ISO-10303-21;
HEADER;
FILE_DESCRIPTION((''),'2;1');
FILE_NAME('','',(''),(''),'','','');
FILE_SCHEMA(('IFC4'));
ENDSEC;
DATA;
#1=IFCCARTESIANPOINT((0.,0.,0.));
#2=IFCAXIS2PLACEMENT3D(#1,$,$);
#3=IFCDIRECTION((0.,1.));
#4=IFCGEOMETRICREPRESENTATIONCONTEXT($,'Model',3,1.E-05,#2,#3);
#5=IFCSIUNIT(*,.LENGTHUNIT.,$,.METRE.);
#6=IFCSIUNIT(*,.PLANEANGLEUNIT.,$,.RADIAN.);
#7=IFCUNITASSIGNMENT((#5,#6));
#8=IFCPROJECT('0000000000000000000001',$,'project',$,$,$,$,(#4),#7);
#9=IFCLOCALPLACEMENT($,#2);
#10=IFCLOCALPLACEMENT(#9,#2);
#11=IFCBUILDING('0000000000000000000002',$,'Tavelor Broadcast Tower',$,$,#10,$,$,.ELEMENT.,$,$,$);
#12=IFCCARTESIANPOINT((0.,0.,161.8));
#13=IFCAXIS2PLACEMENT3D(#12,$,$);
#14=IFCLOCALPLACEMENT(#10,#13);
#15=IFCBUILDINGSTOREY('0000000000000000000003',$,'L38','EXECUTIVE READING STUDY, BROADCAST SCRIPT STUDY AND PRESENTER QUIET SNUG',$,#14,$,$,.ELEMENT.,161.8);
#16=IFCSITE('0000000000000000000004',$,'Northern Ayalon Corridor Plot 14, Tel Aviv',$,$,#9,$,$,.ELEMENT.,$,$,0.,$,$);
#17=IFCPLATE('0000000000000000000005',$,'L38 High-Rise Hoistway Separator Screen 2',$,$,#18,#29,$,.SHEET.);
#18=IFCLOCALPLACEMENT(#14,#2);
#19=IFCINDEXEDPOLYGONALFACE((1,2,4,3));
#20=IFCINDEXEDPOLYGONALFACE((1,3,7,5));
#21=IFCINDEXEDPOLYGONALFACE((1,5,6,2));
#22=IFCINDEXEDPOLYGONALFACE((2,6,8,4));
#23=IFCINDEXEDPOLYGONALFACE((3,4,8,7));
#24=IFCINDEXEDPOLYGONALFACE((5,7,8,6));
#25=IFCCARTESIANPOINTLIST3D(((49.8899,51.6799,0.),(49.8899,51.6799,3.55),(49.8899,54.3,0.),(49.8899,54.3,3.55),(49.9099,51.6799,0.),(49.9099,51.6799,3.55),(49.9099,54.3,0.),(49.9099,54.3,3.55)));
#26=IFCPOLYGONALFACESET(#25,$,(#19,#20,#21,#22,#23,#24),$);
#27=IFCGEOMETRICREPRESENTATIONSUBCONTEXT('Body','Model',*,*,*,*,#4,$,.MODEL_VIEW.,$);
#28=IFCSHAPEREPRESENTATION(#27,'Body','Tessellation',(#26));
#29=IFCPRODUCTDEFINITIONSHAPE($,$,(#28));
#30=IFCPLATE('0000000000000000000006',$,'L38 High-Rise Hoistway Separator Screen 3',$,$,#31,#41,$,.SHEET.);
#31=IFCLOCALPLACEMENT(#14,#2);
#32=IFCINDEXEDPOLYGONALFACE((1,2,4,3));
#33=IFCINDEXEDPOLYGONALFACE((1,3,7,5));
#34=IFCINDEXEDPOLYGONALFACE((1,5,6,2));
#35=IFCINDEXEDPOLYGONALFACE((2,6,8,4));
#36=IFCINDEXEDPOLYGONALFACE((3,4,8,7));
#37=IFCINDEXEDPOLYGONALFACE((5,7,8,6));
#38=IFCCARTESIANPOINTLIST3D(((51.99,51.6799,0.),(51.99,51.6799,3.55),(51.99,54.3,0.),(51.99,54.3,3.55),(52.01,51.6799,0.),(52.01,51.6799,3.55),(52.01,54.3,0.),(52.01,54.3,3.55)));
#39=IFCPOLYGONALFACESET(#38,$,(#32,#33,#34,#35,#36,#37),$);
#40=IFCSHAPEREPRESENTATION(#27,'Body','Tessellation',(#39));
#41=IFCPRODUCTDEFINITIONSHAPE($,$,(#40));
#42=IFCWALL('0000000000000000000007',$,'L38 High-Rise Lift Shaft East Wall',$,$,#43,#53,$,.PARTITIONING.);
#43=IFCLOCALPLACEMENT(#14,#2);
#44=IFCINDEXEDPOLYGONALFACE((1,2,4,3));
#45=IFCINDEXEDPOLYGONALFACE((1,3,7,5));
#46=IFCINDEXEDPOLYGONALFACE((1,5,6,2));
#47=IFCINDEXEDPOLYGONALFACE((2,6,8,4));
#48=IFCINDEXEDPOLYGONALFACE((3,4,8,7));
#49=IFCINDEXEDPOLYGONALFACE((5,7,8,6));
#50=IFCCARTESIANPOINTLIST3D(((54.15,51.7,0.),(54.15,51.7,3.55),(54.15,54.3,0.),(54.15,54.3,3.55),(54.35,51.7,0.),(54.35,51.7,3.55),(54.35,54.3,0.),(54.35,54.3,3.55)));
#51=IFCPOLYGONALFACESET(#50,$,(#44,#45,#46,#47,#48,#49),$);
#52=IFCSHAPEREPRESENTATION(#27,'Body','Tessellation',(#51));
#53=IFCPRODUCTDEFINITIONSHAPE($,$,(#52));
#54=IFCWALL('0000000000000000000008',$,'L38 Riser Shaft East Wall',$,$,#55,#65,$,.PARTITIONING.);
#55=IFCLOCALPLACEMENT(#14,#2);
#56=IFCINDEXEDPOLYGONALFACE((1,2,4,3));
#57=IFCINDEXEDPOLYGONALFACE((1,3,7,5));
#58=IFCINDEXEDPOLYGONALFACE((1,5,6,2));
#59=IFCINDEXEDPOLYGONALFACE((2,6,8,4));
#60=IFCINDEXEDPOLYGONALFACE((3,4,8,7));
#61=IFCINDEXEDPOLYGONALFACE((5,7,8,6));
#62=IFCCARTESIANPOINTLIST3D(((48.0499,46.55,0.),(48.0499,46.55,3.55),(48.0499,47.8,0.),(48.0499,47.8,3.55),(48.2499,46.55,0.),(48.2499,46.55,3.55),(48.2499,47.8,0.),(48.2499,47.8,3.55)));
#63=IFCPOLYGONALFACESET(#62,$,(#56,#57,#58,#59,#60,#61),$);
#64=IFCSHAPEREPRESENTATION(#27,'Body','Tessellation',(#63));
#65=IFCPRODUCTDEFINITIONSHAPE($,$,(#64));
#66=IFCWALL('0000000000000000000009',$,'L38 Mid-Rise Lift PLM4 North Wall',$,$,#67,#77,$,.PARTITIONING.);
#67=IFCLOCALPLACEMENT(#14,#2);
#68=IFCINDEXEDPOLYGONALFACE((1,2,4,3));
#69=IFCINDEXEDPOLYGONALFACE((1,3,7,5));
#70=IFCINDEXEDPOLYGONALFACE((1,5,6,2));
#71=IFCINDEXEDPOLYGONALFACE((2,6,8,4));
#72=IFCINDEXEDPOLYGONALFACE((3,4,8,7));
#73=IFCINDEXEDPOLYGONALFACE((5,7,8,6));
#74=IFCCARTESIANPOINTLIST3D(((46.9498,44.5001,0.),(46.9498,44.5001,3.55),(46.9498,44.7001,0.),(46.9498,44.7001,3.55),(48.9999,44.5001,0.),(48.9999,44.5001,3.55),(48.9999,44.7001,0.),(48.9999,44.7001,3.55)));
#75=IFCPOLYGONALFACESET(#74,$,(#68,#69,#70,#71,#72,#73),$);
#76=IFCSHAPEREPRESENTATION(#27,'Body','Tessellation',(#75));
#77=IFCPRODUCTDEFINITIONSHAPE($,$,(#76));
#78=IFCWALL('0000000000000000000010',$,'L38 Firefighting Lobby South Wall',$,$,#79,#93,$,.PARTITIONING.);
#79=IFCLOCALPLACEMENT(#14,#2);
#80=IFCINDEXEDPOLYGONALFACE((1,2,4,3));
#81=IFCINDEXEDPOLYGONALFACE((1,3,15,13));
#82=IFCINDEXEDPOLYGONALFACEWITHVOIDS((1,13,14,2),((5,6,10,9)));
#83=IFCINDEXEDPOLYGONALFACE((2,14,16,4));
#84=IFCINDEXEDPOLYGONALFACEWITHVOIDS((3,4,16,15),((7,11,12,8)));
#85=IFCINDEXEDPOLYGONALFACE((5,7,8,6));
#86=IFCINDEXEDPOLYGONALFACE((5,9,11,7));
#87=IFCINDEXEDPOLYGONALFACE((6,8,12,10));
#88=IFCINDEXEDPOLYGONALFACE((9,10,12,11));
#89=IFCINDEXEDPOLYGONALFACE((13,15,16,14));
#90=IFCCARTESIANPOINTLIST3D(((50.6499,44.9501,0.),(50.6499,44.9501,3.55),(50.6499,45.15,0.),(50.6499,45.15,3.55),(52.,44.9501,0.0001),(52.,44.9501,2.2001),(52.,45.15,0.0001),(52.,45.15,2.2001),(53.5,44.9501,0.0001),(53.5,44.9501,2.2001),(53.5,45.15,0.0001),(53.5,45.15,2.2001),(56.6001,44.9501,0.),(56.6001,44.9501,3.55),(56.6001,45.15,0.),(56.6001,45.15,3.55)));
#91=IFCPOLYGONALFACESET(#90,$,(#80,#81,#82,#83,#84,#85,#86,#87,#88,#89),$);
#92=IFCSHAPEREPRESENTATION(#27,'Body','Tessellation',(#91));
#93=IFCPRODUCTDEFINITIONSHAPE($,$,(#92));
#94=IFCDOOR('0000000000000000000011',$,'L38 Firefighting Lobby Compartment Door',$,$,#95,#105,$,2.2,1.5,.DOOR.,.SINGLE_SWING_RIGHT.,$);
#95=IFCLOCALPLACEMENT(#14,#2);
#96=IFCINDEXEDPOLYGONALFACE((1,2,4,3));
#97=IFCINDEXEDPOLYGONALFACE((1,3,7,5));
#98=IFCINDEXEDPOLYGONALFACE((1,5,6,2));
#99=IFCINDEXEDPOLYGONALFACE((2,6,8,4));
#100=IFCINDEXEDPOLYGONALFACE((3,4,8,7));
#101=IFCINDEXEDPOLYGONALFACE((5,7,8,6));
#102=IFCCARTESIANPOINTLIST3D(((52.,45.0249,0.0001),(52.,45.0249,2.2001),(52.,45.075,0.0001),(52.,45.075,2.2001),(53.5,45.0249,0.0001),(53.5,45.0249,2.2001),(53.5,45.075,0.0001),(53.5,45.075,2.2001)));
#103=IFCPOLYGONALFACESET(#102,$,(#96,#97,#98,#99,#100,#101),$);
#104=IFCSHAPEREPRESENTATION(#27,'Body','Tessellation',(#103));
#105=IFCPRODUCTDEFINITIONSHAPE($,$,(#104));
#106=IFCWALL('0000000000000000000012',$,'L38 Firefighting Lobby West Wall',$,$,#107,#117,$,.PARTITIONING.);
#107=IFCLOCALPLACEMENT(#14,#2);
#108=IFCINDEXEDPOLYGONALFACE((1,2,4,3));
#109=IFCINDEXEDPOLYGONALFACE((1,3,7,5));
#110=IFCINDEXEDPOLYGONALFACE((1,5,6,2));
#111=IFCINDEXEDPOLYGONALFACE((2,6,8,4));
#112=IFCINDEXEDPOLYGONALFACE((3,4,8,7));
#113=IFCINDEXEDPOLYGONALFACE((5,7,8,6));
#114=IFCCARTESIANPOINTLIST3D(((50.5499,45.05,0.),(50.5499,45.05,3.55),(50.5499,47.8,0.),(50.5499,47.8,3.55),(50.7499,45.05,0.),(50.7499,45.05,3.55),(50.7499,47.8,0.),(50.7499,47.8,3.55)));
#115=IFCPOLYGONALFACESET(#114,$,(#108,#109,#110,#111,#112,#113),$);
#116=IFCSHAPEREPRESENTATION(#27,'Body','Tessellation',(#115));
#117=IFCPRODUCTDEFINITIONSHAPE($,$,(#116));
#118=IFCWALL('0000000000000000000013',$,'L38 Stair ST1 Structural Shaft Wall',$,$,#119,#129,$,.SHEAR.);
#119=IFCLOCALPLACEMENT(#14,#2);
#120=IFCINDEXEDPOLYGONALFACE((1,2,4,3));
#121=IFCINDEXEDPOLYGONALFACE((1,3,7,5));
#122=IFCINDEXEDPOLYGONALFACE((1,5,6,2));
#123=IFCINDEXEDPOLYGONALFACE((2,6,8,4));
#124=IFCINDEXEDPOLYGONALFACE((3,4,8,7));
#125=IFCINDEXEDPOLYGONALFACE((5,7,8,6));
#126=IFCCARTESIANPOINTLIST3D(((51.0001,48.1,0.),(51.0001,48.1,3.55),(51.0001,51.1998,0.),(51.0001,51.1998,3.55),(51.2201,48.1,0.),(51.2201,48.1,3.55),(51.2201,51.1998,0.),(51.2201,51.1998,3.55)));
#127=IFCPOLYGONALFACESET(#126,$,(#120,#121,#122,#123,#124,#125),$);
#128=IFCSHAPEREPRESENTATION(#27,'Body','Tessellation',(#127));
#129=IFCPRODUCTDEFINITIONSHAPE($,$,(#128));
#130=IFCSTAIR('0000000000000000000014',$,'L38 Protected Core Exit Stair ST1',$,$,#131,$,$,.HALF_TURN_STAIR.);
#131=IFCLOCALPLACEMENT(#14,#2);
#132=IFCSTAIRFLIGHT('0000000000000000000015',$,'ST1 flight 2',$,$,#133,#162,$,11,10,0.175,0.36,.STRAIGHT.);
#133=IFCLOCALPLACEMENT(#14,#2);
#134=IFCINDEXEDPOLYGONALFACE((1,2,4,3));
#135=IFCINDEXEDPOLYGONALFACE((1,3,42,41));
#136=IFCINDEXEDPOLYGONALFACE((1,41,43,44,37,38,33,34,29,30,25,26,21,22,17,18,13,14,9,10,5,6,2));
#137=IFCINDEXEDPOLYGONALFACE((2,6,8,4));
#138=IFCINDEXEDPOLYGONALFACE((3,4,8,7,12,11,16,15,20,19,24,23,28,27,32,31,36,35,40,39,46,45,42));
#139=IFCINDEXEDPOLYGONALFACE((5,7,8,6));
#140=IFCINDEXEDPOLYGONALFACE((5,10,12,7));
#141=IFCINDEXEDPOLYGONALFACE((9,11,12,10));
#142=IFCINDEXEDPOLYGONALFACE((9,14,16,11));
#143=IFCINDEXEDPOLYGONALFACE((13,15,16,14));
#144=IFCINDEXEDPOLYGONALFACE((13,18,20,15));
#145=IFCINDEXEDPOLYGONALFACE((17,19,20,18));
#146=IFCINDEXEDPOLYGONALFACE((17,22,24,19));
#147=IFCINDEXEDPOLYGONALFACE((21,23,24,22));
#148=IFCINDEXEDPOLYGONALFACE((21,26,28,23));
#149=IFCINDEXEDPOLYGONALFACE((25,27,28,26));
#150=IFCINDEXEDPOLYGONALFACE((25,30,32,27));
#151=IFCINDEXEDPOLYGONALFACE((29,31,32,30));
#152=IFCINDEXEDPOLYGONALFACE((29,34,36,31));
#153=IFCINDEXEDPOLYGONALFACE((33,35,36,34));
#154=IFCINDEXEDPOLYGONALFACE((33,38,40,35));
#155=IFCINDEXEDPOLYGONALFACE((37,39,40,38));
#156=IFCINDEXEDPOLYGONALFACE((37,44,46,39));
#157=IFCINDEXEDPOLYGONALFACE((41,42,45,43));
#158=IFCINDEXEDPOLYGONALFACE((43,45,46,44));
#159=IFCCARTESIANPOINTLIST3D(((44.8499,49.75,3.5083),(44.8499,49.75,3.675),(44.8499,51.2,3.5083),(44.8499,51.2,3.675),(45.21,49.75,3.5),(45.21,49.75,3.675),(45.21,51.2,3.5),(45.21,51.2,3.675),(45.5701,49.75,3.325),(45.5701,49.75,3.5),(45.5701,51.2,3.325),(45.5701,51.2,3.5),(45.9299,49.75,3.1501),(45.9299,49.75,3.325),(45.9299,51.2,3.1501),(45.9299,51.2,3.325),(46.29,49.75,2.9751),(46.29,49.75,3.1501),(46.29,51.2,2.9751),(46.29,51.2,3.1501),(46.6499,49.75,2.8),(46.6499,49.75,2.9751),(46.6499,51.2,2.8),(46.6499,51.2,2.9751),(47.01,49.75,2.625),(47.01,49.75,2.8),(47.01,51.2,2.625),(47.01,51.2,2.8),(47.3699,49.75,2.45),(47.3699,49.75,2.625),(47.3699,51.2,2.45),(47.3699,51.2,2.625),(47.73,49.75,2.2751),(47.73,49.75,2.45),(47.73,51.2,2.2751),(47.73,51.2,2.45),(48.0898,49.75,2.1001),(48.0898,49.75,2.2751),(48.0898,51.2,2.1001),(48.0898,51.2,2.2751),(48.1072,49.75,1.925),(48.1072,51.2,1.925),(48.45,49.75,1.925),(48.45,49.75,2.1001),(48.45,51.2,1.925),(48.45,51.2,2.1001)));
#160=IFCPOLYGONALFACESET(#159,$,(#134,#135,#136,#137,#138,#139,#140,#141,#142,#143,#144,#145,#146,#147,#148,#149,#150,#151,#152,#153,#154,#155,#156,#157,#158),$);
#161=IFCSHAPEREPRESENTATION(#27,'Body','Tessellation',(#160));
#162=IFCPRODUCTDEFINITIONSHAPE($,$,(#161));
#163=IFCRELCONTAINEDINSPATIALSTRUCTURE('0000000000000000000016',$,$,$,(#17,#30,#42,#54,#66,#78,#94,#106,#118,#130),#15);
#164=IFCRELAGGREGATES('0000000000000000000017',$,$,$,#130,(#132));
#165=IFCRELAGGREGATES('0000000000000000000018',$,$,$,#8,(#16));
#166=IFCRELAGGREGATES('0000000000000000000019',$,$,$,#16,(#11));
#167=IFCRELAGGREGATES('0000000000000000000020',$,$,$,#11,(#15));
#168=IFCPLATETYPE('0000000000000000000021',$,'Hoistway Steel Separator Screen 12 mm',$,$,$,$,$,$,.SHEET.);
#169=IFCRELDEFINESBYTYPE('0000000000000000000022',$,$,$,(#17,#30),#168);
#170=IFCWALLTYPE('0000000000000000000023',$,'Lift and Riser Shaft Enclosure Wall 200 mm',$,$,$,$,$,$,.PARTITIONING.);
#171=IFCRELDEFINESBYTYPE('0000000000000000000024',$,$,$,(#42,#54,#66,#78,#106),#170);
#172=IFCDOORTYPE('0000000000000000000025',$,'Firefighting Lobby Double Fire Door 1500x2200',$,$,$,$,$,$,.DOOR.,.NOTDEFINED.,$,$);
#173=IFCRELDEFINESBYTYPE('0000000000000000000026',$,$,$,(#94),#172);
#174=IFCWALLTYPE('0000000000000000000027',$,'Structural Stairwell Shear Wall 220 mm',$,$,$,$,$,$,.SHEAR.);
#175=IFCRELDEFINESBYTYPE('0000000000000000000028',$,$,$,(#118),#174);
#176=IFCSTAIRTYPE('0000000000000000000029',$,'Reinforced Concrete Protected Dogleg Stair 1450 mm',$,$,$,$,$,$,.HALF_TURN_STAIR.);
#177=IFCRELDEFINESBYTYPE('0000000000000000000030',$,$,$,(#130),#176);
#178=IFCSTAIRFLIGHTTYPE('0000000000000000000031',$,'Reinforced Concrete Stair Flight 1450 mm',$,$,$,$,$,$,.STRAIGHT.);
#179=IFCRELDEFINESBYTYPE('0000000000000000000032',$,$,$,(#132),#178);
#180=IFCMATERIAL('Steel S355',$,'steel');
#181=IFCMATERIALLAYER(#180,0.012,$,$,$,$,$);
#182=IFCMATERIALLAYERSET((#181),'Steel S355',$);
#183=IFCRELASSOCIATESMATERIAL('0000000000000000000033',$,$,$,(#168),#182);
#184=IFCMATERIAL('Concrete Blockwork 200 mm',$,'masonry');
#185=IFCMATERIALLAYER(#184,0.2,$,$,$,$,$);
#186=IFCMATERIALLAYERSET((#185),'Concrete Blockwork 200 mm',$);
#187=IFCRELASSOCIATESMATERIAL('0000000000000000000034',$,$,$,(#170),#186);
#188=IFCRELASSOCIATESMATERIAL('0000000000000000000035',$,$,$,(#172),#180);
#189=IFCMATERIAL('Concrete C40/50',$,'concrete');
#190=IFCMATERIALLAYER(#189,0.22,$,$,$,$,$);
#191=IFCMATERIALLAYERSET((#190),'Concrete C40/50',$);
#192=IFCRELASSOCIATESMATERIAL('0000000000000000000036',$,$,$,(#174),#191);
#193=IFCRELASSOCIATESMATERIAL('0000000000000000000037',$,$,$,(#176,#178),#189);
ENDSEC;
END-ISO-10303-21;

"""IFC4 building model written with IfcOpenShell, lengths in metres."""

from ifc_helpers import new_model, si_unit, direction, frame, frame_2d, origin, origin_2d, place, context, subcontext, project, spatial, polyline, rectangle, outline, extrude, source, transform, mapped, material, layer, layer_set, type_object, type_shapes, element, fill, aggregate, save


model = new_model("IFC4")

# Units and contexts
model_context = context("Model", 3, precision=1e-05, world=origin(), true_north=direction((0.0, 1.0)))
body_context = subcontext(model_context, "Body", "Model", "MODEL_VIEW")
ifc_project = project(units=[si_unit("LENGTHUNIT", "METRE"), si_unit("PLANEANGLEUNIT", "RADIAN")], contexts=[model_context])

# Site, building, storey
site_placement = place(None, origin())
site = spatial("IfcSite", under=ifc_project, at=site_placement, Name="Northern Ayalon Corridor Plot 14, Tel Aviv", CompositionType="ELEMENT", RefElevation=0.0)
building_placement = place(site_placement, origin())
building = spatial("IfcBuilding", under=site, at=building_placement, Name="Tavelor Broadcast Tower", CompositionType="ELEMENT")
storey_placement = place(building_placement, frame((0.0, 0.0, 161.8)))
storey = spatial("IfcBuildingStorey", under=building, at=storey_placement, Name="L38", Description="EXECUTIVE READING STUDY, BROADCAST SCRIPT STUDY AND PRESENTER QUIET SNUG", CompositionType="ELEMENT", Elevation=161.8)

# Shared definitions
ifc_material_1 = material(Name="Concrete C40/50", Category="concrete")
ifc_material_2 = material(Name="Steel S355", Category="steel")

# Plates
ifc_layer_1 = layer(ifc_material_2, 0.012)
ifc_layer_set_1 = layer_set([ifc_layer_1], Name="Steel S355")
plate_type = type_object("IfcPlateType", Name="Hoistway Steel Separator Screen 12 mm", PredefinedType="SHEET", material=ifc_layer_set_1)
shared_shape = source(origin(), body_context, "Body", "SweptSolid", [
    extrude(rectangle(XDim=0.02, YDim=2.6201, at=origin_2d()), origin(), (0.0, 0.0, 1.0), 3.55),
])
type_shapes(plate_type, [shared_shape])
for number, where, z_axis, x_axis, name in (
    (1, (49.8999, 52.99, 0.0), (0.0, 0.0, 1.0), (1.0, 0.0, 0.0), "L38 High-Rise Hoistway Separator Screen 2"),
    (2, (52.0, 52.99, 0.0), (0.0, 0.0, 1.0), (1.0, 0.0, 0.0), "L38 High-Rise Hoistway Separator Screen 3"),
):
    element("IfcPlate", number, at=place(storey_placement, frame(where, z_axis=z_axis, x_axis=x_axis)), inside=storey, type_object=plate_type, Name=name, PredefinedType="SHEET", context=body_context, shape_type="MappedRepresentation", body=[
        mapped(shared_shape, transform((0.0, 0.0, 0.0), scale=1.0)),
    ])

# Walls
ifc_material_3 = material(Name="Concrete Blockwork 200 mm", Category="masonry")
ifc_layer_2 = layer(ifc_material_3, 0.2)
ifc_layer_set_2 = layer_set([ifc_layer_2], Name="Concrete Blockwork 200 mm")
wall_type_1 = type_object("IfcWallType", Name="Lift and Riser Shaft Enclosure Wall 200 mm", PredefinedType="PARTITIONING", material=ifc_layer_set_2)
wall_1_placement = place(storey_placement, frame((54.25, 51.7, 0.0), z_axis=(0.0, 0.0, 1.0), x_axis=(0.0, 1.0, 0.0)))
element("IfcWall", 3, at=wall_1_placement, inside=storey, type_object=wall_type_1, Name="L38 High-Rise Lift Shaft East Wall", PredefinedType="PARTITIONING", context=body_context, shape_type="SweptSolid", body=[
    extrude(rectangle(XDim=2.6001, YDim=0.2, at=frame_2d((1.3, 0.0))), origin(), (0.0, 0.0, 1.0), 3.55),
])
wall_2_placement = place(storey_placement, frame((48.1499, 46.55, 0.0), z_axis=(0.0, 0.0, 1.0), x_axis=(0.0, 1.0, 0.0)))
element("IfcWall", 4, at=wall_2_placement, inside=storey, type_object=wall_type_1, Name="L38 Riser Shaft East Wall", PredefinedType="PARTITIONING", context=body_context, shape_type="SweptSolid", body=[
    extrude(rectangle(XDim=1.25, YDim=0.2, at=frame_2d((0.625, 0.0))), origin(), (0.0, 0.0, 1.0), 3.55),
])
wall_3_placement = place(storey_placement, frame((46.95, 44.6001, 0.0), z_axis=(0.0, 0.0, 1.0), x_axis=(1.0, 0.0, 0.0)))
element("IfcWall", 5, at=wall_3_placement, inside=storey, type_object=wall_type_1, Name="L38 Mid-Rise Lift PLM4 North Wall", PredefinedType="PARTITIONING", context=body_context, shape_type="SweptSolid", body=[
    extrude(rectangle(XDim=2.05, YDim=0.2, at=frame_2d((1.0249, 0.0))), origin(), (0.0, 0.0, 1.0), 3.55),
])

# Wall, opening, door
wall_4_placement = place(storey_placement, frame((50.6499, 45.05, 0.0), z_axis=(0.0, 0.0, 1.0), x_axis=(1.0, 0.0, 0.0)))
wall_4 = element("IfcWall", 6, at=wall_4_placement, inside=storey, type_object=wall_type_1, Name="L38 Firefighting Lobby South Wall", PredefinedType="PARTITIONING", context=body_context, shape_type="SweptSolid", body=[
    extrude(rectangle(XDim=5.9502, YDim=0.2, at=frame_2d((2.9751, 0.0))), origin(), (0.0, 0.0, 1.0), 3.55),
])
opening_placement = place(wall_4_placement, frame((1.3501, 0.0, 0.0)))
opening = element("IfcOpeningElement", 7, at=opening_placement, cuts=wall_4, PredefinedType="OPENING", context=body_context, shape_type="SweptSolid", body=[
    extrude(rectangle(XDim=1.5, YDim=2.2, at=frame_2d((0.75, 1.1001))), frame((0.0, 0.1099, 0.0), z_axis=(0.0, -1.0, 0.0), x_axis=(1.0, 0.0, 0.0)), (0.0, 0.0, 1.0), 0.22),
])
door_type = type_object("IfcDoorType", Name="Firefighting Lobby Double Fire Door 1500x2200", OperationType="NOTDEFINED", PredefinedType="DOOR", material=ifc_material_2)
door_placement = place(opening_placement, origin())
door = element("IfcDoor", 8, at=door_placement, inside=storey, type_object=door_type, Name="L38 Firefighting Lobby Compartment Door", OperationType="SINGLE_SWING_RIGHT", OverallHeight=2.2, OverallWidth=1.5, PredefinedType="DOOR", context=body_context, shape_type="SweptSolid", body=[
    extrude(rectangle(XDim=1.5, YDim=2.2, at=frame_2d((0.75, 1.1001))), frame((0.0, 0.0249, 0.0), z_axis=(0.0, -1.0, 0.0), x_axis=(1.0, 0.0, 0.0)), (0.0, 0.0, 1.0), 0.05),
])
fill(opening, door)

# Walls
wall_5_placement = place(storey_placement, frame((50.6499, 45.05, 0.0), z_axis=(0.0, 0.0, 1.0), x_axis=(0.0, 1.0, 0.0)))
element("IfcWall", 9, at=wall_5_placement, inside=storey, type_object=wall_type_1, Name="L38 Firefighting Lobby West Wall", PredefinedType="PARTITIONING", context=body_context, shape_type="SweptSolid", body=[
    extrude(rectangle(XDim=2.75, YDim=0.2, at=frame_2d((1.375, 0.0))), origin(), (0.0, 0.0, 1.0), 3.55),
])
ifc_layer_3 = layer(ifc_material_1, 0.22)
ifc_layer_set_3 = layer_set([ifc_layer_3], Name="Concrete C40/50")
wall_type_2 = type_object("IfcWallType", Name="Structural Stairwell Shear Wall 220 mm", PredefinedType="SHEAR", material=ifc_layer_set_3)
wall_6_placement = place(storey_placement, frame((51.1101, 48.1001, 0.0), z_axis=(0.0, 0.0, 1.0), x_axis=(0.0, 1.0, 0.0)))
element("IfcWall", 10, at=wall_6_placement, inside=storey, type_object=wall_type_2, Name="L38 Stair ST1 Structural Shaft Wall", PredefinedType="SHEAR", context=body_context, shape_type="SweptSolid", body=[
    extrude(rectangle(XDim=3.0999, YDim=0.22, at=frame_2d((1.5498, 0.0))), origin(), (0.0, 0.0, 1.0), 3.55),
])

# Stair, stair flight
stair_type = type_object("IfcStairType", Name="Reinforced Concrete Protected Dogleg Stair 1450 mm", PredefinedType="HALF_TURN_STAIR", material=ifc_material_1)
stair_placement = place(storey_placement, origin())
stair = element("IfcStair", 11, at=stair_placement, inside=storey, type_object=stair_type, Name="L38 Protected Core Exit Stair ST1", PredefinedType="HALF_TURN_STAIR")
stair_flight_type = type_object("IfcStairFlightType", Name="Reinforced Concrete Stair Flight 1450 mm", PredefinedType="STRAIGHT", material=ifc_material_1)
stair_flight_placement = place(storey_placement, frame((48.45, 50.4751, 1.925), z_axis=(0.0, 0.0, 1.0), x_axis=(-1.0, 0.0, 0.0)))
stair_flight = element("IfcStairFlight", 12, at=stair_flight_placement, type_object=stair_flight_type, Name="ST1 flight 2", NumberOfRisers=11, NumberOfTreads=10, PredefinedType="STRAIGHT", RiserHeight=0.175, TreadLength=0.36, context=body_context, shape_type="SweptSolid", body=[
    extrude(outline(polyline([(0.0, 0.0), (0.0, 0.175), (0.3601, 0.175), (0.3601, 0.3501), (0.72, 0.3501), (0.72, 0.5249), (1.0801, 0.5249), (1.0801, 0.7), (1.4399, 0.7), (1.4399, 0.875), (1.8, 0.875), (1.8, 1.05), (2.1599, 1.05), (2.1599, 1.2251), (2.52, 1.2251), (2.52, 1.3999), (2.8799, 1.3999), (2.8799, 1.575), (3.24, 1.575), (3.24, 1.75), (3.6001, 1.75), (3.6001, 1.925), (3.6001, 1.5833), (0.3428, 0.0), (0.0, 0.0)])), frame((0.0, 0.7251, 0.0), z_axis=(0.0, -1.0, 0.0), x_axis=(1.0, 0.0, 0.0)), (0.0, 0.0, 1.0), 1.45),
])
aggregate(stair, [stair_flight])

save(model, "model.ifc")
